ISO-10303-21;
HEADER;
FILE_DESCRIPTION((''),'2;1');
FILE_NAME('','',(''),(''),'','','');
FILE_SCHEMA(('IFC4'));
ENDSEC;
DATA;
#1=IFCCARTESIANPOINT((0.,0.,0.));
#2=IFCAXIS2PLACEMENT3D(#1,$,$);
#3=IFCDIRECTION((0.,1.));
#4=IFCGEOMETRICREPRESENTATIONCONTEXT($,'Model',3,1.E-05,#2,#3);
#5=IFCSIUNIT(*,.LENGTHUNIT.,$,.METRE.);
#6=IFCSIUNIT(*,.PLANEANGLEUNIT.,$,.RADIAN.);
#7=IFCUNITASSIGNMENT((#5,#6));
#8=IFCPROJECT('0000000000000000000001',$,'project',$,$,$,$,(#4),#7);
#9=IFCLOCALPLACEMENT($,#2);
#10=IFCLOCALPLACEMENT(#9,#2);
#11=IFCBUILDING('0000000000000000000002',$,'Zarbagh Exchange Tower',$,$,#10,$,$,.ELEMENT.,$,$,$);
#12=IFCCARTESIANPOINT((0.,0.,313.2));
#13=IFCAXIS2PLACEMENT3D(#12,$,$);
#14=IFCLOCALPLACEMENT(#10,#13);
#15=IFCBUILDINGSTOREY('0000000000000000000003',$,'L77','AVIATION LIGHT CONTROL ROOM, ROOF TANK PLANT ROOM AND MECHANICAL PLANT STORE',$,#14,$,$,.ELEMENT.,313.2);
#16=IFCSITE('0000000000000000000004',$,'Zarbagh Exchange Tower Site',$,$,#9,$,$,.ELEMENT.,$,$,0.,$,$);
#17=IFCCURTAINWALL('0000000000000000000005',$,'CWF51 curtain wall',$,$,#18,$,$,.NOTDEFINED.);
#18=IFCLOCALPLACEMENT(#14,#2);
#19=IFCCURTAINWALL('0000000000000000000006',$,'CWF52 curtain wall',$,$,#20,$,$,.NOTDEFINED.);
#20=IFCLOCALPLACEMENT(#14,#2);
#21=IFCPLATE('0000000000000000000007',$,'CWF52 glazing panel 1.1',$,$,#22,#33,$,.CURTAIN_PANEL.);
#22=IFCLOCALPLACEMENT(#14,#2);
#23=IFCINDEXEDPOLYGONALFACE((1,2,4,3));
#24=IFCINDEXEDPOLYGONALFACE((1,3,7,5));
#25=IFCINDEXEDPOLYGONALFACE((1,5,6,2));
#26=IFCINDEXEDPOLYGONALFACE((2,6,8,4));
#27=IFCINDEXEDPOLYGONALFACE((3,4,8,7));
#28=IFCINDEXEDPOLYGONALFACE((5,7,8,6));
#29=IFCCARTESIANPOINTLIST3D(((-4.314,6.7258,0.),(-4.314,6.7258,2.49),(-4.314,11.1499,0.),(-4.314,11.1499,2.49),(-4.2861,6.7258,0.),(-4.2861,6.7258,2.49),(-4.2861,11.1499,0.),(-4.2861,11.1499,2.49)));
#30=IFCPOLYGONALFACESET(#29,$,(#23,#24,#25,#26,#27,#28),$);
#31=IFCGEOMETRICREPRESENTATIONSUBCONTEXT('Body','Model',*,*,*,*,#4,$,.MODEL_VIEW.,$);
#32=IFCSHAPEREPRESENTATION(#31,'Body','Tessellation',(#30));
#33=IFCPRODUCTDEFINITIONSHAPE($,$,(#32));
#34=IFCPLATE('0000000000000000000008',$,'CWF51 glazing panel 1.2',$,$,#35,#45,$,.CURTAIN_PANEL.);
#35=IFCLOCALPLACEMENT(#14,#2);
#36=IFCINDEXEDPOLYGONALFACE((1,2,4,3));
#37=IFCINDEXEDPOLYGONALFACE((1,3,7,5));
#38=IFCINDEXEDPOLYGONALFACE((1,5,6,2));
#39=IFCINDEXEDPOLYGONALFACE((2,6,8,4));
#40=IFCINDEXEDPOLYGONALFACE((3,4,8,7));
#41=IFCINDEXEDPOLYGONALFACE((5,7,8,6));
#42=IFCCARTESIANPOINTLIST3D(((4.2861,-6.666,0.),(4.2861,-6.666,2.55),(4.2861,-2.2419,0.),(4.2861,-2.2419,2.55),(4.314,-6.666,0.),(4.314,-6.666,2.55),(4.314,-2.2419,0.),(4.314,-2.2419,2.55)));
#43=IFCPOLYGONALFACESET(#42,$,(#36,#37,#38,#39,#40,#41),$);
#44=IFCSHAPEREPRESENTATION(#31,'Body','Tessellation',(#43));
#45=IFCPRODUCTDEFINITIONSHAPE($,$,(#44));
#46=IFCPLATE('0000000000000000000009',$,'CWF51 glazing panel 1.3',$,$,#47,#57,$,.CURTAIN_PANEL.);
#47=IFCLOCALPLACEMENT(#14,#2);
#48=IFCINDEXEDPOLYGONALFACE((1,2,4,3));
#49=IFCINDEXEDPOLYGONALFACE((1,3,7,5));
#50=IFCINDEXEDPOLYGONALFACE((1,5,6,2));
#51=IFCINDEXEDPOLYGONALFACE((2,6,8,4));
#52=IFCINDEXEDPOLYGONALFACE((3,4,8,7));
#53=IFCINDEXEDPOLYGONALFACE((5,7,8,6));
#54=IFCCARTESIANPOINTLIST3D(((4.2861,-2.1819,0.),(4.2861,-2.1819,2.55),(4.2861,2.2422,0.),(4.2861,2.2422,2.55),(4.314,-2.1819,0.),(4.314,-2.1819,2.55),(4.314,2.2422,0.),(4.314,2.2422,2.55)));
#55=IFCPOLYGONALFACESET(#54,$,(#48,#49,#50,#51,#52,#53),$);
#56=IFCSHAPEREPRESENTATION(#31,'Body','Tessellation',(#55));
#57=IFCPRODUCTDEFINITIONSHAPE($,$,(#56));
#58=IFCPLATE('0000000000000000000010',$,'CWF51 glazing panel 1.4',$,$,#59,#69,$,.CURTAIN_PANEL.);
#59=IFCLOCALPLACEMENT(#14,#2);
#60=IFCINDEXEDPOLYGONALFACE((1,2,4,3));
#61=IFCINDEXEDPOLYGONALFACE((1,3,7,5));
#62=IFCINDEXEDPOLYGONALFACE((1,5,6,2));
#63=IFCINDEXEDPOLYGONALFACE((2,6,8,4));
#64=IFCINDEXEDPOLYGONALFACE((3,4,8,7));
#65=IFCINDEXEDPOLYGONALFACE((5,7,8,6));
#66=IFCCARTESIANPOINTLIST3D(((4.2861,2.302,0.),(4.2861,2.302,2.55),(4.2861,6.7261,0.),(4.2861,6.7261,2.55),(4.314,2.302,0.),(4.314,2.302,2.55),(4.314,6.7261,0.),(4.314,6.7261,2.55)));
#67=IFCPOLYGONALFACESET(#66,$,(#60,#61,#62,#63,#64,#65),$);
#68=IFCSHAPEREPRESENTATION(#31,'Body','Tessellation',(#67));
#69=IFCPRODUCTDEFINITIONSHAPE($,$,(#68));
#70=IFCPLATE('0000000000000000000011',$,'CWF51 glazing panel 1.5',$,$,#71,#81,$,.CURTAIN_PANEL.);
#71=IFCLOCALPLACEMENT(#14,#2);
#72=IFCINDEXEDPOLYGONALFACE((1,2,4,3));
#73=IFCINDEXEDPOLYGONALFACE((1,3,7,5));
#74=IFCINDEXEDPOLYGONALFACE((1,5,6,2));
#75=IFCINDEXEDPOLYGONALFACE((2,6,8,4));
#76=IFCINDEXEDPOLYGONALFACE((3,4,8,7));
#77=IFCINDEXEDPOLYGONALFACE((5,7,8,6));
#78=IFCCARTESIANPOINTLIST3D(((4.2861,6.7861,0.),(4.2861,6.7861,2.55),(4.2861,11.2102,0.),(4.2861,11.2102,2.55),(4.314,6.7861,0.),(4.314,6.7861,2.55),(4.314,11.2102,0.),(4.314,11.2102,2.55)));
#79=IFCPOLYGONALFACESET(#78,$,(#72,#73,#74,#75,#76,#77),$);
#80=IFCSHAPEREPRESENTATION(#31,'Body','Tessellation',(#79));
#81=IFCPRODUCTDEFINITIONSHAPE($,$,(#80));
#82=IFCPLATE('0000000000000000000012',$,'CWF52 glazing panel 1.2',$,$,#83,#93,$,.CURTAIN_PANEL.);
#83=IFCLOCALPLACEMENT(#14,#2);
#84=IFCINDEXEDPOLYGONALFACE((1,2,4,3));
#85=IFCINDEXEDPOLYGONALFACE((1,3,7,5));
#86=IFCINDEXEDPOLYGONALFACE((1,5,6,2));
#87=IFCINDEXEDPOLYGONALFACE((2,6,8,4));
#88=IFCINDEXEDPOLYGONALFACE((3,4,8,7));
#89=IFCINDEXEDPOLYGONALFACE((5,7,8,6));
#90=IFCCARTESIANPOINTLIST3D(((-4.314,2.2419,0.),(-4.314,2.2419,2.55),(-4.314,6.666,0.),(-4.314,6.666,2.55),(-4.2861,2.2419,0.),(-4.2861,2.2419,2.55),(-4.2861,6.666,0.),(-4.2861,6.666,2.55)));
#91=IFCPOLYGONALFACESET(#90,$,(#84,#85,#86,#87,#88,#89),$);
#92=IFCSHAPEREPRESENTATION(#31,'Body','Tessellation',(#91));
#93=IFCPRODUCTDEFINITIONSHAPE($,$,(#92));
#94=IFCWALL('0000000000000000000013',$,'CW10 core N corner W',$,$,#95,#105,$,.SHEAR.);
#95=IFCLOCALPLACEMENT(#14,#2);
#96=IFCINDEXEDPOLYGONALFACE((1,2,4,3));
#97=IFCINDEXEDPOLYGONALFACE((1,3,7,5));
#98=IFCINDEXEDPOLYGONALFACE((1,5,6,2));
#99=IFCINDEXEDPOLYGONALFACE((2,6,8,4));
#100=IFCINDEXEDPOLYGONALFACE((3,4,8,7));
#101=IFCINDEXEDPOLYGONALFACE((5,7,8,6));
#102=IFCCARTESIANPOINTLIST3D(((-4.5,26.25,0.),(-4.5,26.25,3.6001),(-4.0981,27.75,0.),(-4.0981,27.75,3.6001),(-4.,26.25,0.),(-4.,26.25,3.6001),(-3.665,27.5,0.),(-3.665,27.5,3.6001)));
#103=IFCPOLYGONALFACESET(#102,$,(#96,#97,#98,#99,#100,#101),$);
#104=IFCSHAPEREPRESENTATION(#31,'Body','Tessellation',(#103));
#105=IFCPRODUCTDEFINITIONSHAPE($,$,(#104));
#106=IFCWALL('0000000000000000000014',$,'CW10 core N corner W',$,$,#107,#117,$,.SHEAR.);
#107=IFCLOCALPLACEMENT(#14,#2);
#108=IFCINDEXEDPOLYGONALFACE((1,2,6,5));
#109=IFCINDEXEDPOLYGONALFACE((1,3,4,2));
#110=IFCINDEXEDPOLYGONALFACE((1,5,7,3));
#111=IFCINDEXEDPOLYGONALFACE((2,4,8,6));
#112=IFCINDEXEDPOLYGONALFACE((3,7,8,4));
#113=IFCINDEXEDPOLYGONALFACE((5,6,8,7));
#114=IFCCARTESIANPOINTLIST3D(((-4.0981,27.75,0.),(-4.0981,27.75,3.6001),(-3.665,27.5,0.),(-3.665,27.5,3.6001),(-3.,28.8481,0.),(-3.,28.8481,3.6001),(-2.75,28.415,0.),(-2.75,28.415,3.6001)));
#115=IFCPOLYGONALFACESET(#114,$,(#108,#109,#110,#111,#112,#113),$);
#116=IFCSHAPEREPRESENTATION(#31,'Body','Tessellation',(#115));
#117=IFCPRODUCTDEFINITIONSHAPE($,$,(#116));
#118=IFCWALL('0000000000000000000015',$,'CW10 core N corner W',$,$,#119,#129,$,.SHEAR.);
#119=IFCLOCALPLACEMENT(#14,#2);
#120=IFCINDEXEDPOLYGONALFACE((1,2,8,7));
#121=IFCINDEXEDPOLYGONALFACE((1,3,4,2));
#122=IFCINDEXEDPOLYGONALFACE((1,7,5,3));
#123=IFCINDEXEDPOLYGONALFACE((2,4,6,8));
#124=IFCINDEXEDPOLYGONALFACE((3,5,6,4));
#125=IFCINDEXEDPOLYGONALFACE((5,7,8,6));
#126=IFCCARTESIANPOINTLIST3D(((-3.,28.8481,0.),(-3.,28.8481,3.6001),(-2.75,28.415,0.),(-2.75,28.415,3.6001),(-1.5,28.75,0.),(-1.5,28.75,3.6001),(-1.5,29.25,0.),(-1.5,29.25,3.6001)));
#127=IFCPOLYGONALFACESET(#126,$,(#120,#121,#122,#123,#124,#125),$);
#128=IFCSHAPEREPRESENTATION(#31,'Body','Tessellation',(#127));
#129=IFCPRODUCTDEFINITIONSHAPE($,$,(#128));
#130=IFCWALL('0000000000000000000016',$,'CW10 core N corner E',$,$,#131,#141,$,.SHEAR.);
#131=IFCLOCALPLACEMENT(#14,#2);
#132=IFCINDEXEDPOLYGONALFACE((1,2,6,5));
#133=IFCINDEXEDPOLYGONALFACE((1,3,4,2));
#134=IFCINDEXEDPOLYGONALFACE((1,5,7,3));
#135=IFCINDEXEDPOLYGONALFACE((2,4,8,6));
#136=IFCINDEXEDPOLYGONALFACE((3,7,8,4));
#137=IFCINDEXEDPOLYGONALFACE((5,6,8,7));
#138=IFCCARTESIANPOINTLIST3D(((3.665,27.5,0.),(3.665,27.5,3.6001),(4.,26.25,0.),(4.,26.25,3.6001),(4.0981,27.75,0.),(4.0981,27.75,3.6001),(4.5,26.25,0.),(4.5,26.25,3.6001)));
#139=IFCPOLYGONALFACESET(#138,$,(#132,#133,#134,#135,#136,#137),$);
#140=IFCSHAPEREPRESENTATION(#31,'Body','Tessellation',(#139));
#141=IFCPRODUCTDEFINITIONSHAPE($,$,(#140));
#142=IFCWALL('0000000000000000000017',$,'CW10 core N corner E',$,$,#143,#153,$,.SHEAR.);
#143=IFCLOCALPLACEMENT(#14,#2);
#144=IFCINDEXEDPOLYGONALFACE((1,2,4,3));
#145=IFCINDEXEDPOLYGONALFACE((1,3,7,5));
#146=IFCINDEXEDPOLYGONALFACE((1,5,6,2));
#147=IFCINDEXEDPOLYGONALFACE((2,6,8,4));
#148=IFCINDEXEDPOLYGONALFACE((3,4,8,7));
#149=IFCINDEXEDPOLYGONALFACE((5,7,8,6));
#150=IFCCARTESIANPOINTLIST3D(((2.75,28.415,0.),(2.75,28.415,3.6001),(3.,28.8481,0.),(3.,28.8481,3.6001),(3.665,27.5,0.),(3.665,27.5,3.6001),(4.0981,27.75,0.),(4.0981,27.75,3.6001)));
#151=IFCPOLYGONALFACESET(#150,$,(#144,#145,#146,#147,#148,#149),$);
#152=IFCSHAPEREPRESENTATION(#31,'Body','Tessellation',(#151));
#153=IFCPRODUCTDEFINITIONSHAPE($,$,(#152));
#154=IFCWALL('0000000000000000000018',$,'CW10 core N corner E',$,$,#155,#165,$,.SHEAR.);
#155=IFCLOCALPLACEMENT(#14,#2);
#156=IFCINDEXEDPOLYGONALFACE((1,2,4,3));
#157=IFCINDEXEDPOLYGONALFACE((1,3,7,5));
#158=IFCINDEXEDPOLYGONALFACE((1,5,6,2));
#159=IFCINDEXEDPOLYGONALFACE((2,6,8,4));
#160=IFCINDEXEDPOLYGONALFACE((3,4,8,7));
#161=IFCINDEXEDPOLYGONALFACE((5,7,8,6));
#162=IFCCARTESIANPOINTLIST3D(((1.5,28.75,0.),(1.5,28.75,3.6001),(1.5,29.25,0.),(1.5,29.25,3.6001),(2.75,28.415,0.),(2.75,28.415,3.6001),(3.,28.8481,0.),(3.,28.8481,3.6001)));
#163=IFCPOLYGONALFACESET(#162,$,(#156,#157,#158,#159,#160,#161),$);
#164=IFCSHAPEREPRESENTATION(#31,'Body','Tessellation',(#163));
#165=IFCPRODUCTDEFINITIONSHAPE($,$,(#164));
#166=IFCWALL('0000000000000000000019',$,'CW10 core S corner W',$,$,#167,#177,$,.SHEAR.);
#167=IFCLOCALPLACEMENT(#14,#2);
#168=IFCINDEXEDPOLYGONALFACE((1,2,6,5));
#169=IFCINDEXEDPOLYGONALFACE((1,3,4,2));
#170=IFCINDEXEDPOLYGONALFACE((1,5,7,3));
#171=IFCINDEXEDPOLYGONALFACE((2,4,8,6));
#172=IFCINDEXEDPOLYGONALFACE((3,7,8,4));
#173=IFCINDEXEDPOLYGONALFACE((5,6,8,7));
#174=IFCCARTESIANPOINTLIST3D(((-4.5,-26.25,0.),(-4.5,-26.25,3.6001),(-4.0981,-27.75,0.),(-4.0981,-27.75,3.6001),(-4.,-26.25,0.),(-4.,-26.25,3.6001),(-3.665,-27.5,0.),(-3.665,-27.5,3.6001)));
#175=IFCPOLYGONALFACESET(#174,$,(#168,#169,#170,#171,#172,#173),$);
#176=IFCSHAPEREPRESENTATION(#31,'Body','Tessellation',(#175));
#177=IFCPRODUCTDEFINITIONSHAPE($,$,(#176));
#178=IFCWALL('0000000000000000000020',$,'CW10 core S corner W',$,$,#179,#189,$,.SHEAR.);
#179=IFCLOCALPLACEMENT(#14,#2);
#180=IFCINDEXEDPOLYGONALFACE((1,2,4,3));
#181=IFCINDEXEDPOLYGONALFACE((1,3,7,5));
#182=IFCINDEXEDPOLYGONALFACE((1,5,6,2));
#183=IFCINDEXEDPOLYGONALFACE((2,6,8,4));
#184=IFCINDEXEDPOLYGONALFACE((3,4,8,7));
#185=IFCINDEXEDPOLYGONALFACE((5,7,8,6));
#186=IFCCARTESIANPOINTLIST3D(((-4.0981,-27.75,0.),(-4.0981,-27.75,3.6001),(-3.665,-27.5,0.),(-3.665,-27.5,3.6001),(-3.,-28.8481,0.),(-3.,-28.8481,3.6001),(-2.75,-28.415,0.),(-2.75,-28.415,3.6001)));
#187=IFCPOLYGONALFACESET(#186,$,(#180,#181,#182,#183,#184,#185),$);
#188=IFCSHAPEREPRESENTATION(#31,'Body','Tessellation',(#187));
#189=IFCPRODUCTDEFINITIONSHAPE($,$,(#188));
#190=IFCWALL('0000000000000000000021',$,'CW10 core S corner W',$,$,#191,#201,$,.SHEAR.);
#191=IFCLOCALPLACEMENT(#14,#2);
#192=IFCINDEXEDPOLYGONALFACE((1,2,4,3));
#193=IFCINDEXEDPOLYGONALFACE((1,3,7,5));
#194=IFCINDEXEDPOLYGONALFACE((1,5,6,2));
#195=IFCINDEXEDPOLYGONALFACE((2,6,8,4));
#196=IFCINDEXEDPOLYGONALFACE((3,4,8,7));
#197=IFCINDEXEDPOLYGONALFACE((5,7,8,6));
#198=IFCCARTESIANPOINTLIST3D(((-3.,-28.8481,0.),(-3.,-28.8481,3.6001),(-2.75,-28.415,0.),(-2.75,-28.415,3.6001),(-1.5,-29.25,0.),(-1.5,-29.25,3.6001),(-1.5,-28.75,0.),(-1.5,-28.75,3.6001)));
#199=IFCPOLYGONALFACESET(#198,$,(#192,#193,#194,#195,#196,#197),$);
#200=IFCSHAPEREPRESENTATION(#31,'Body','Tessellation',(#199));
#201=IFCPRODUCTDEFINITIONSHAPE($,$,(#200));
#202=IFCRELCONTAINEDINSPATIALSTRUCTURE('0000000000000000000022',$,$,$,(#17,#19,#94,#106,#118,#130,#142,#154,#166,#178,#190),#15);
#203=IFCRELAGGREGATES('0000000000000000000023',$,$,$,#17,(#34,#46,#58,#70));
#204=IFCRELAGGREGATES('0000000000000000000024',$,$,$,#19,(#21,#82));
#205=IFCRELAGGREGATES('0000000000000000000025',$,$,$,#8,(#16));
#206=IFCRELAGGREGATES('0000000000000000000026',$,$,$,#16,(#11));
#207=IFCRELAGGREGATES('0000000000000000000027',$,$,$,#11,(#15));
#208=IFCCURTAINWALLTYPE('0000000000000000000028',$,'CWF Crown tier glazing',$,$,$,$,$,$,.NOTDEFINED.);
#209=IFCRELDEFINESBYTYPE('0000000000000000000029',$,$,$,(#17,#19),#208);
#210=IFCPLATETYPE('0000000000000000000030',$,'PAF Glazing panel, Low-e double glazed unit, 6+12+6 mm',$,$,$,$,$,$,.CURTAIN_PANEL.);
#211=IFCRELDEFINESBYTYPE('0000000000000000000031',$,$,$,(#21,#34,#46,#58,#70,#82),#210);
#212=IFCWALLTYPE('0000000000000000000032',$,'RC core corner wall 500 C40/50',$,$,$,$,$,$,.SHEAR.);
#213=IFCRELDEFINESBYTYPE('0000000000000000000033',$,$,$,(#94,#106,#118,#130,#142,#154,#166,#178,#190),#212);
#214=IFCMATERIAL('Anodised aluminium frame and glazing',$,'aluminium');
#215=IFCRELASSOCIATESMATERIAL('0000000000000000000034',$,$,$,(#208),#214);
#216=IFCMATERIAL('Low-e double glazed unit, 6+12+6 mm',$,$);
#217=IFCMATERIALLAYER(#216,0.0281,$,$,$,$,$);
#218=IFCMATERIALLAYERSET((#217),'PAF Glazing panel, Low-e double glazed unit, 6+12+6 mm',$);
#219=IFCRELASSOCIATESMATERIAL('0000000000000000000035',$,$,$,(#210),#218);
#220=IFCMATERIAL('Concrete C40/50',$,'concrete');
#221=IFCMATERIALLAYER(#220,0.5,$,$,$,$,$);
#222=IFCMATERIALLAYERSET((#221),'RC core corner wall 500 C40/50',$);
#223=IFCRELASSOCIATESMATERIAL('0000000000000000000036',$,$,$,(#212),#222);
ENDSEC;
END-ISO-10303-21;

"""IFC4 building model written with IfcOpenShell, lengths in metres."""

from ifc_helpers import new_model, si_unit, direction, frame, origin, place, context, subcontext, project, spatial, polyline, outline, extrude, source, transform, mapped, material, layer, layer_set, type_object, element, aggregate, save


model = new_model("IFC4")

# Units and contexts
model_context = context("Model", 3, precision=1e-05, world=origin(), true_north=direction((0.0, 1.0)))
body_context = subcontext(model_context, "Body", "Model", "MODEL_VIEW")
ifc_project = project(units=[si_unit("LENGTHUNIT", "METRE"), si_unit("PLANEANGLEUNIT", "RADIAN")], contexts=[model_context])

# Site, building, storey
site_placement = place(None, origin())
site = spatial("IfcSite", under=ifc_project, at=site_placement, Name="Zarbagh Exchange Tower Site", CompositionType="ELEMENT", RefElevation=0.0)
building_placement = place(site_placement, origin())
building = spatial("IfcBuilding", under=site, at=building_placement, Name="Zarbagh Exchange Tower", CompositionType="ELEMENT")
storey_placement = place(building_placement, frame((0.0, 0.0, 313.2)))
storey = spatial("IfcBuildingStorey", under=building, at=storey_placement, Name="L77", Description="AVIATION LIGHT CONTROL ROOM, ROOF TANK PLANT ROOM AND MECHANICAL PLANT STORE", CompositionType="ELEMENT", Elevation=313.2)

# Curtain walls
ifc_material_1 = material(Name="Anodised aluminium frame and glazing", Category="aluminium")
curtain_wall_type = type_object("IfcCurtainWallType", Name="CWF Crown tier glazing", PredefinedType="NOTDEFINED", material=ifc_material_1)
curtain_wall_1_placement = place(storey_placement, origin())
curtain_wall_1 = element("IfcCurtainWall", 1, at=curtain_wall_1_placement, inside=storey, type_object=curtain_wall_type, Name="CWF51 curtain wall", PredefinedType="NOTDEFINED")
placement = place(storey_placement, origin())
curtain_wall_2_placement = place(storey_placement, origin())
curtain_wall_2 = element("IfcCurtainWall", 2, at=curtain_wall_2_placement, inside=storey, type_object=curtain_wall_type, Name="CWF52 curtain wall", PredefinedType="NOTDEFINED")

# Shared definitions
ifc_material_2 = material(Name="Concrete C40/50", Category="concrete")

# Plates
ifc_material_3 = material(Name="Low-e double glazed unit, 6+12+6 mm")
ifc_layer_1 = layer(ifc_material_3, 0.0281)
ifc_layer_set_1 = layer_set([ifc_layer_1], Name="PAF Glazing panel, Low-e double glazed unit, 6+12+6 mm")
plate_type = type_object("IfcPlateType", Name="PAF Glazing panel, Low-e double glazed unit, 6+12+6 mm", PredefinedType="CURTAIN_PANEL", material=ifc_layer_set_1)
shared_shape_1 = source(origin(), body_context, "Body", "SweptSolid", [
    extrude(outline(polyline([(0.0, -0.0139), (4.4241, -0.0139), (4.4241, 0.0139), (0.0, 0.0139), (0.0, -0.0139)])), origin(), (0.0, 0.0, 1.0), 2.49),
])
plate_1 = element("IfcPlate", 3, at=placement, type_object=plate_type, Name="CWF52 glazing panel 1.1", PredefinedType="CURTAIN_PANEL", context=body_context, shape_type="MappedRepresentation", body=[
    mapped(shared_shape_1, transform((-4.3, 11.1499, 0.0), x_axis=(0.0, -1.0, 0.0), y_axis=(1.0, 0.0, 0.0), z_axis=(0.0, 0.0, 1.0))),
])
shared_shape_2 = source(origin(), body_context, "Body", "SweptSolid", [
    extrude(outline(polyline([(0.0, -0.0139), (4.4241, -0.0139), (4.4241, 0.0139), (0.0, 0.0139), (0.0, -0.0139)])), origin(), (0.0, 0.0, 1.0), 2.55),
])
plate_2 = element("IfcPlate", 4, at=placement, type_object=plate_type, Name="CWF51 glazing panel 1.2", PredefinedType="CURTAIN_PANEL", context=body_context, shape_type="MappedRepresentation", body=[
    mapped(shared_shape_2, transform((4.3, -6.666, 0.0), x_axis=(0.0, 1.0, 0.0), y_axis=(-1.0, 0.0, 0.0), z_axis=(0.0, 0.0, 1.0))),
])
plate_3 = element("IfcPlate", 5, at=placement, type_object=plate_type, Name="CWF51 glazing panel 1.3", PredefinedType="CURTAIN_PANEL", context=body_context, shape_type="MappedRepresentation", body=[
    mapped(shared_shape_2, transform((4.3, -2.1819, 0.0), x_axis=(0.0, 1.0, 0.0), y_axis=(-1.0, 0.0, 0.0), z_axis=(0.0, 0.0, 1.0))),
])
plate_4 = element("IfcPlate", 6, at=placement, type_object=plate_type, Name="CWF51 glazing panel 1.4", PredefinedType="CURTAIN_PANEL", context=body_context, shape_type="MappedRepresentation", body=[
    mapped(shared_shape_2, transform((4.3, 2.302, 0.0), x_axis=(0.0, 1.0, 0.0), y_axis=(-1.0, 0.0, 0.0), z_axis=(0.0, 0.0, 1.0))),
])
plate_5 = element("IfcPlate", 7, at=placement, type_object=plate_type, Name="CWF51 glazing panel 1.5", PredefinedType="CURTAIN_PANEL", context=body_context, shape_type="MappedRepresentation", body=[
    mapped(shared_shape_2, transform((4.3, 6.7861, 0.0), x_axis=(0.0, 1.0, 0.0), y_axis=(-1.0, 0.0, 0.0), z_axis=(0.0, 0.0, 1.0))),
])
aggregate(curtain_wall_1, [plate_2, plate_3, plate_4, plate_5])
plate_6 = element("IfcPlate", 8, at=placement, type_object=plate_type, Name="CWF52 glazing panel 1.2", PredefinedType="CURTAIN_PANEL", context=body_context, shape_type="MappedRepresentation", body=[
    mapped(shared_shape_2, transform((-4.3, 6.666, 0.0), x_axis=(0.0, -1.0, 0.0), y_axis=(1.0, 0.0, 0.0), z_axis=(0.0, 0.0, 1.0))),
])
aggregate(curtain_wall_2, [plate_1, plate_6])

# Walls
ifc_layer_2 = layer(ifc_material_2, 0.5)
ifc_layer_set_2 = layer_set([ifc_layer_2], Name="RC core corner wall 500 C40/50")
wall_type = type_object("IfcWallType", Name="RC core corner wall 500 C40/50", PredefinedType="SHEAR", material=ifc_layer_set_2)
wall_1_placement = place(storey_placement, origin())
element("IfcWall", 9, at=wall_1_placement, inside=storey, type_object=wall_type, Name="CW10 core N corner W", PredefinedType="SHEAR", context=body_context, shape_type="SweptSolid", body=[
    extrude(outline(polyline([(-4.5, 26.25), (-4.0981, 27.75), (-3.665, 27.5), (-4.0, 26.25), (-4.5, 26.25)])), origin(), (0.0, 0.0, 1.0), 3.6001),
])
wall_2_placement = place(storey_placement, origin())
element("IfcWall", 10, at=wall_2_placement, inside=storey, type_object=wall_type, Name="CW10 core N corner W", PredefinedType="SHEAR", context=body_context, shape_type="SweptSolid", body=[
    extrude(outline(polyline([(-4.0981, 27.75), (-3.0, 28.8481), (-2.75, 28.415), (-3.665, 27.5), (-4.0981, 27.75)])), origin(), (0.0, 0.0, 1.0), 3.6001),
])
wall_3_placement = place(storey_placement, origin())
element("IfcWall", 11, at=wall_3_placement, inside=storey, type_object=wall_type, Name="CW10 core N corner W", PredefinedType="SHEAR", context=body_context, shape_type="SweptSolid", body=[
    extrude(outline(polyline([(-3.0, 28.8481), (-1.5, 29.25), (-1.5, 28.75), (-2.75, 28.415), (-3.0, 28.8481)])), origin(), (0.0, 0.0, 1.0), 3.6001),
])
wall_4_placement = place(storey_placement, origin())
element("IfcWall", 12, at=wall_4_placement, inside=storey, type_object=wall_type, Name="CW10 core N corner E", PredefinedType="SHEAR", context=body_context, shape_type="SweptSolid", body=[
    extrude(outline(polyline([(4.5, 26.25), (4.0981, 27.75), (3.665, 27.5), (4.0, 26.25), (4.5, 26.25)])), origin(), (0.0, 0.0, 1.0), 3.6001),
])
wall_5_placement = place(storey_placement, origin())
element("IfcWall", 13, at=wall_5_placement, inside=storey, type_object=wall_type, Name="CW10 core N corner E", PredefinedType="SHEAR", context=body_context, shape_type="SweptSolid", body=[
    extrude(outline(polyline([(4.0981, 27.75), (3.0, 28.8481), (2.75, 28.415), (3.665, 27.5), (4.0981, 27.75)])), origin(), (0.0, 0.0, 1.0), 3.6001),
])
wall_6_placement = place(storey_placement, origin())
element("IfcWall", 14, at=wall_6_placement, inside=storey, type_object=wall_type, Name="CW10 core N corner E", PredefinedType="SHEAR", context=body_context, shape_type="SweptSolid", body=[
    extrude(outline(polyline([(3.0, 28.8481), (1.5, 29.25), (1.5, 28.75), (2.75, 28.415), (3.0, 28.8481)])), origin(), (0.0, 0.0, 1.0), 3.6001),
])
wall_7_placement = place(storey_placement, origin())
element("IfcWall", 15, at=wall_7_placement, inside=storey, type_object=wall_type, Name="CW10 core S corner W", PredefinedType="SHEAR", context=body_context, shape_type="SweptSolid", body=[
    extrude(outline(polyline([(-4.5, -26.25), (-4.0981, -27.75), (-3.665, -27.5), (-4.0, -26.25), (-4.5, -26.25)])), origin(), (0.0, 0.0, 1.0), 3.6001),
])
wall_8_placement = place(storey_placement, origin())
element("IfcWall", 16, at=wall_8_placement, inside=storey, type_object=wall_type, Name="CW10 core S corner W", PredefinedType="SHEAR", context=body_context, shape_type="SweptSolid", body=[
    extrude(outline(polyline([(-4.0981, -27.75), (-3.0, -28.8481), (-2.75, -28.415), (-3.665, -27.5), (-4.0981, -27.75)])), origin(), (0.0, 0.0, 1.0), 3.6001),
])
wall_9_placement = place(storey_placement, origin())
element("IfcWall", 17, at=wall_9_placement, inside=storey, type_object=wall_type, Name="CW10 core S corner W", PredefinedType="SHEAR", context=body_context, shape_type="SweptSolid", body=[
    extrude(outline(polyline([(-3.0, -28.8481), (-1.5, -29.25), (-1.5, -28.75), (-2.75, -28.415), (-3.0, -28.8481)])), origin(), (0.0, 0.0, 1.0), 3.6001),
])

save(model, "model.ifc")
